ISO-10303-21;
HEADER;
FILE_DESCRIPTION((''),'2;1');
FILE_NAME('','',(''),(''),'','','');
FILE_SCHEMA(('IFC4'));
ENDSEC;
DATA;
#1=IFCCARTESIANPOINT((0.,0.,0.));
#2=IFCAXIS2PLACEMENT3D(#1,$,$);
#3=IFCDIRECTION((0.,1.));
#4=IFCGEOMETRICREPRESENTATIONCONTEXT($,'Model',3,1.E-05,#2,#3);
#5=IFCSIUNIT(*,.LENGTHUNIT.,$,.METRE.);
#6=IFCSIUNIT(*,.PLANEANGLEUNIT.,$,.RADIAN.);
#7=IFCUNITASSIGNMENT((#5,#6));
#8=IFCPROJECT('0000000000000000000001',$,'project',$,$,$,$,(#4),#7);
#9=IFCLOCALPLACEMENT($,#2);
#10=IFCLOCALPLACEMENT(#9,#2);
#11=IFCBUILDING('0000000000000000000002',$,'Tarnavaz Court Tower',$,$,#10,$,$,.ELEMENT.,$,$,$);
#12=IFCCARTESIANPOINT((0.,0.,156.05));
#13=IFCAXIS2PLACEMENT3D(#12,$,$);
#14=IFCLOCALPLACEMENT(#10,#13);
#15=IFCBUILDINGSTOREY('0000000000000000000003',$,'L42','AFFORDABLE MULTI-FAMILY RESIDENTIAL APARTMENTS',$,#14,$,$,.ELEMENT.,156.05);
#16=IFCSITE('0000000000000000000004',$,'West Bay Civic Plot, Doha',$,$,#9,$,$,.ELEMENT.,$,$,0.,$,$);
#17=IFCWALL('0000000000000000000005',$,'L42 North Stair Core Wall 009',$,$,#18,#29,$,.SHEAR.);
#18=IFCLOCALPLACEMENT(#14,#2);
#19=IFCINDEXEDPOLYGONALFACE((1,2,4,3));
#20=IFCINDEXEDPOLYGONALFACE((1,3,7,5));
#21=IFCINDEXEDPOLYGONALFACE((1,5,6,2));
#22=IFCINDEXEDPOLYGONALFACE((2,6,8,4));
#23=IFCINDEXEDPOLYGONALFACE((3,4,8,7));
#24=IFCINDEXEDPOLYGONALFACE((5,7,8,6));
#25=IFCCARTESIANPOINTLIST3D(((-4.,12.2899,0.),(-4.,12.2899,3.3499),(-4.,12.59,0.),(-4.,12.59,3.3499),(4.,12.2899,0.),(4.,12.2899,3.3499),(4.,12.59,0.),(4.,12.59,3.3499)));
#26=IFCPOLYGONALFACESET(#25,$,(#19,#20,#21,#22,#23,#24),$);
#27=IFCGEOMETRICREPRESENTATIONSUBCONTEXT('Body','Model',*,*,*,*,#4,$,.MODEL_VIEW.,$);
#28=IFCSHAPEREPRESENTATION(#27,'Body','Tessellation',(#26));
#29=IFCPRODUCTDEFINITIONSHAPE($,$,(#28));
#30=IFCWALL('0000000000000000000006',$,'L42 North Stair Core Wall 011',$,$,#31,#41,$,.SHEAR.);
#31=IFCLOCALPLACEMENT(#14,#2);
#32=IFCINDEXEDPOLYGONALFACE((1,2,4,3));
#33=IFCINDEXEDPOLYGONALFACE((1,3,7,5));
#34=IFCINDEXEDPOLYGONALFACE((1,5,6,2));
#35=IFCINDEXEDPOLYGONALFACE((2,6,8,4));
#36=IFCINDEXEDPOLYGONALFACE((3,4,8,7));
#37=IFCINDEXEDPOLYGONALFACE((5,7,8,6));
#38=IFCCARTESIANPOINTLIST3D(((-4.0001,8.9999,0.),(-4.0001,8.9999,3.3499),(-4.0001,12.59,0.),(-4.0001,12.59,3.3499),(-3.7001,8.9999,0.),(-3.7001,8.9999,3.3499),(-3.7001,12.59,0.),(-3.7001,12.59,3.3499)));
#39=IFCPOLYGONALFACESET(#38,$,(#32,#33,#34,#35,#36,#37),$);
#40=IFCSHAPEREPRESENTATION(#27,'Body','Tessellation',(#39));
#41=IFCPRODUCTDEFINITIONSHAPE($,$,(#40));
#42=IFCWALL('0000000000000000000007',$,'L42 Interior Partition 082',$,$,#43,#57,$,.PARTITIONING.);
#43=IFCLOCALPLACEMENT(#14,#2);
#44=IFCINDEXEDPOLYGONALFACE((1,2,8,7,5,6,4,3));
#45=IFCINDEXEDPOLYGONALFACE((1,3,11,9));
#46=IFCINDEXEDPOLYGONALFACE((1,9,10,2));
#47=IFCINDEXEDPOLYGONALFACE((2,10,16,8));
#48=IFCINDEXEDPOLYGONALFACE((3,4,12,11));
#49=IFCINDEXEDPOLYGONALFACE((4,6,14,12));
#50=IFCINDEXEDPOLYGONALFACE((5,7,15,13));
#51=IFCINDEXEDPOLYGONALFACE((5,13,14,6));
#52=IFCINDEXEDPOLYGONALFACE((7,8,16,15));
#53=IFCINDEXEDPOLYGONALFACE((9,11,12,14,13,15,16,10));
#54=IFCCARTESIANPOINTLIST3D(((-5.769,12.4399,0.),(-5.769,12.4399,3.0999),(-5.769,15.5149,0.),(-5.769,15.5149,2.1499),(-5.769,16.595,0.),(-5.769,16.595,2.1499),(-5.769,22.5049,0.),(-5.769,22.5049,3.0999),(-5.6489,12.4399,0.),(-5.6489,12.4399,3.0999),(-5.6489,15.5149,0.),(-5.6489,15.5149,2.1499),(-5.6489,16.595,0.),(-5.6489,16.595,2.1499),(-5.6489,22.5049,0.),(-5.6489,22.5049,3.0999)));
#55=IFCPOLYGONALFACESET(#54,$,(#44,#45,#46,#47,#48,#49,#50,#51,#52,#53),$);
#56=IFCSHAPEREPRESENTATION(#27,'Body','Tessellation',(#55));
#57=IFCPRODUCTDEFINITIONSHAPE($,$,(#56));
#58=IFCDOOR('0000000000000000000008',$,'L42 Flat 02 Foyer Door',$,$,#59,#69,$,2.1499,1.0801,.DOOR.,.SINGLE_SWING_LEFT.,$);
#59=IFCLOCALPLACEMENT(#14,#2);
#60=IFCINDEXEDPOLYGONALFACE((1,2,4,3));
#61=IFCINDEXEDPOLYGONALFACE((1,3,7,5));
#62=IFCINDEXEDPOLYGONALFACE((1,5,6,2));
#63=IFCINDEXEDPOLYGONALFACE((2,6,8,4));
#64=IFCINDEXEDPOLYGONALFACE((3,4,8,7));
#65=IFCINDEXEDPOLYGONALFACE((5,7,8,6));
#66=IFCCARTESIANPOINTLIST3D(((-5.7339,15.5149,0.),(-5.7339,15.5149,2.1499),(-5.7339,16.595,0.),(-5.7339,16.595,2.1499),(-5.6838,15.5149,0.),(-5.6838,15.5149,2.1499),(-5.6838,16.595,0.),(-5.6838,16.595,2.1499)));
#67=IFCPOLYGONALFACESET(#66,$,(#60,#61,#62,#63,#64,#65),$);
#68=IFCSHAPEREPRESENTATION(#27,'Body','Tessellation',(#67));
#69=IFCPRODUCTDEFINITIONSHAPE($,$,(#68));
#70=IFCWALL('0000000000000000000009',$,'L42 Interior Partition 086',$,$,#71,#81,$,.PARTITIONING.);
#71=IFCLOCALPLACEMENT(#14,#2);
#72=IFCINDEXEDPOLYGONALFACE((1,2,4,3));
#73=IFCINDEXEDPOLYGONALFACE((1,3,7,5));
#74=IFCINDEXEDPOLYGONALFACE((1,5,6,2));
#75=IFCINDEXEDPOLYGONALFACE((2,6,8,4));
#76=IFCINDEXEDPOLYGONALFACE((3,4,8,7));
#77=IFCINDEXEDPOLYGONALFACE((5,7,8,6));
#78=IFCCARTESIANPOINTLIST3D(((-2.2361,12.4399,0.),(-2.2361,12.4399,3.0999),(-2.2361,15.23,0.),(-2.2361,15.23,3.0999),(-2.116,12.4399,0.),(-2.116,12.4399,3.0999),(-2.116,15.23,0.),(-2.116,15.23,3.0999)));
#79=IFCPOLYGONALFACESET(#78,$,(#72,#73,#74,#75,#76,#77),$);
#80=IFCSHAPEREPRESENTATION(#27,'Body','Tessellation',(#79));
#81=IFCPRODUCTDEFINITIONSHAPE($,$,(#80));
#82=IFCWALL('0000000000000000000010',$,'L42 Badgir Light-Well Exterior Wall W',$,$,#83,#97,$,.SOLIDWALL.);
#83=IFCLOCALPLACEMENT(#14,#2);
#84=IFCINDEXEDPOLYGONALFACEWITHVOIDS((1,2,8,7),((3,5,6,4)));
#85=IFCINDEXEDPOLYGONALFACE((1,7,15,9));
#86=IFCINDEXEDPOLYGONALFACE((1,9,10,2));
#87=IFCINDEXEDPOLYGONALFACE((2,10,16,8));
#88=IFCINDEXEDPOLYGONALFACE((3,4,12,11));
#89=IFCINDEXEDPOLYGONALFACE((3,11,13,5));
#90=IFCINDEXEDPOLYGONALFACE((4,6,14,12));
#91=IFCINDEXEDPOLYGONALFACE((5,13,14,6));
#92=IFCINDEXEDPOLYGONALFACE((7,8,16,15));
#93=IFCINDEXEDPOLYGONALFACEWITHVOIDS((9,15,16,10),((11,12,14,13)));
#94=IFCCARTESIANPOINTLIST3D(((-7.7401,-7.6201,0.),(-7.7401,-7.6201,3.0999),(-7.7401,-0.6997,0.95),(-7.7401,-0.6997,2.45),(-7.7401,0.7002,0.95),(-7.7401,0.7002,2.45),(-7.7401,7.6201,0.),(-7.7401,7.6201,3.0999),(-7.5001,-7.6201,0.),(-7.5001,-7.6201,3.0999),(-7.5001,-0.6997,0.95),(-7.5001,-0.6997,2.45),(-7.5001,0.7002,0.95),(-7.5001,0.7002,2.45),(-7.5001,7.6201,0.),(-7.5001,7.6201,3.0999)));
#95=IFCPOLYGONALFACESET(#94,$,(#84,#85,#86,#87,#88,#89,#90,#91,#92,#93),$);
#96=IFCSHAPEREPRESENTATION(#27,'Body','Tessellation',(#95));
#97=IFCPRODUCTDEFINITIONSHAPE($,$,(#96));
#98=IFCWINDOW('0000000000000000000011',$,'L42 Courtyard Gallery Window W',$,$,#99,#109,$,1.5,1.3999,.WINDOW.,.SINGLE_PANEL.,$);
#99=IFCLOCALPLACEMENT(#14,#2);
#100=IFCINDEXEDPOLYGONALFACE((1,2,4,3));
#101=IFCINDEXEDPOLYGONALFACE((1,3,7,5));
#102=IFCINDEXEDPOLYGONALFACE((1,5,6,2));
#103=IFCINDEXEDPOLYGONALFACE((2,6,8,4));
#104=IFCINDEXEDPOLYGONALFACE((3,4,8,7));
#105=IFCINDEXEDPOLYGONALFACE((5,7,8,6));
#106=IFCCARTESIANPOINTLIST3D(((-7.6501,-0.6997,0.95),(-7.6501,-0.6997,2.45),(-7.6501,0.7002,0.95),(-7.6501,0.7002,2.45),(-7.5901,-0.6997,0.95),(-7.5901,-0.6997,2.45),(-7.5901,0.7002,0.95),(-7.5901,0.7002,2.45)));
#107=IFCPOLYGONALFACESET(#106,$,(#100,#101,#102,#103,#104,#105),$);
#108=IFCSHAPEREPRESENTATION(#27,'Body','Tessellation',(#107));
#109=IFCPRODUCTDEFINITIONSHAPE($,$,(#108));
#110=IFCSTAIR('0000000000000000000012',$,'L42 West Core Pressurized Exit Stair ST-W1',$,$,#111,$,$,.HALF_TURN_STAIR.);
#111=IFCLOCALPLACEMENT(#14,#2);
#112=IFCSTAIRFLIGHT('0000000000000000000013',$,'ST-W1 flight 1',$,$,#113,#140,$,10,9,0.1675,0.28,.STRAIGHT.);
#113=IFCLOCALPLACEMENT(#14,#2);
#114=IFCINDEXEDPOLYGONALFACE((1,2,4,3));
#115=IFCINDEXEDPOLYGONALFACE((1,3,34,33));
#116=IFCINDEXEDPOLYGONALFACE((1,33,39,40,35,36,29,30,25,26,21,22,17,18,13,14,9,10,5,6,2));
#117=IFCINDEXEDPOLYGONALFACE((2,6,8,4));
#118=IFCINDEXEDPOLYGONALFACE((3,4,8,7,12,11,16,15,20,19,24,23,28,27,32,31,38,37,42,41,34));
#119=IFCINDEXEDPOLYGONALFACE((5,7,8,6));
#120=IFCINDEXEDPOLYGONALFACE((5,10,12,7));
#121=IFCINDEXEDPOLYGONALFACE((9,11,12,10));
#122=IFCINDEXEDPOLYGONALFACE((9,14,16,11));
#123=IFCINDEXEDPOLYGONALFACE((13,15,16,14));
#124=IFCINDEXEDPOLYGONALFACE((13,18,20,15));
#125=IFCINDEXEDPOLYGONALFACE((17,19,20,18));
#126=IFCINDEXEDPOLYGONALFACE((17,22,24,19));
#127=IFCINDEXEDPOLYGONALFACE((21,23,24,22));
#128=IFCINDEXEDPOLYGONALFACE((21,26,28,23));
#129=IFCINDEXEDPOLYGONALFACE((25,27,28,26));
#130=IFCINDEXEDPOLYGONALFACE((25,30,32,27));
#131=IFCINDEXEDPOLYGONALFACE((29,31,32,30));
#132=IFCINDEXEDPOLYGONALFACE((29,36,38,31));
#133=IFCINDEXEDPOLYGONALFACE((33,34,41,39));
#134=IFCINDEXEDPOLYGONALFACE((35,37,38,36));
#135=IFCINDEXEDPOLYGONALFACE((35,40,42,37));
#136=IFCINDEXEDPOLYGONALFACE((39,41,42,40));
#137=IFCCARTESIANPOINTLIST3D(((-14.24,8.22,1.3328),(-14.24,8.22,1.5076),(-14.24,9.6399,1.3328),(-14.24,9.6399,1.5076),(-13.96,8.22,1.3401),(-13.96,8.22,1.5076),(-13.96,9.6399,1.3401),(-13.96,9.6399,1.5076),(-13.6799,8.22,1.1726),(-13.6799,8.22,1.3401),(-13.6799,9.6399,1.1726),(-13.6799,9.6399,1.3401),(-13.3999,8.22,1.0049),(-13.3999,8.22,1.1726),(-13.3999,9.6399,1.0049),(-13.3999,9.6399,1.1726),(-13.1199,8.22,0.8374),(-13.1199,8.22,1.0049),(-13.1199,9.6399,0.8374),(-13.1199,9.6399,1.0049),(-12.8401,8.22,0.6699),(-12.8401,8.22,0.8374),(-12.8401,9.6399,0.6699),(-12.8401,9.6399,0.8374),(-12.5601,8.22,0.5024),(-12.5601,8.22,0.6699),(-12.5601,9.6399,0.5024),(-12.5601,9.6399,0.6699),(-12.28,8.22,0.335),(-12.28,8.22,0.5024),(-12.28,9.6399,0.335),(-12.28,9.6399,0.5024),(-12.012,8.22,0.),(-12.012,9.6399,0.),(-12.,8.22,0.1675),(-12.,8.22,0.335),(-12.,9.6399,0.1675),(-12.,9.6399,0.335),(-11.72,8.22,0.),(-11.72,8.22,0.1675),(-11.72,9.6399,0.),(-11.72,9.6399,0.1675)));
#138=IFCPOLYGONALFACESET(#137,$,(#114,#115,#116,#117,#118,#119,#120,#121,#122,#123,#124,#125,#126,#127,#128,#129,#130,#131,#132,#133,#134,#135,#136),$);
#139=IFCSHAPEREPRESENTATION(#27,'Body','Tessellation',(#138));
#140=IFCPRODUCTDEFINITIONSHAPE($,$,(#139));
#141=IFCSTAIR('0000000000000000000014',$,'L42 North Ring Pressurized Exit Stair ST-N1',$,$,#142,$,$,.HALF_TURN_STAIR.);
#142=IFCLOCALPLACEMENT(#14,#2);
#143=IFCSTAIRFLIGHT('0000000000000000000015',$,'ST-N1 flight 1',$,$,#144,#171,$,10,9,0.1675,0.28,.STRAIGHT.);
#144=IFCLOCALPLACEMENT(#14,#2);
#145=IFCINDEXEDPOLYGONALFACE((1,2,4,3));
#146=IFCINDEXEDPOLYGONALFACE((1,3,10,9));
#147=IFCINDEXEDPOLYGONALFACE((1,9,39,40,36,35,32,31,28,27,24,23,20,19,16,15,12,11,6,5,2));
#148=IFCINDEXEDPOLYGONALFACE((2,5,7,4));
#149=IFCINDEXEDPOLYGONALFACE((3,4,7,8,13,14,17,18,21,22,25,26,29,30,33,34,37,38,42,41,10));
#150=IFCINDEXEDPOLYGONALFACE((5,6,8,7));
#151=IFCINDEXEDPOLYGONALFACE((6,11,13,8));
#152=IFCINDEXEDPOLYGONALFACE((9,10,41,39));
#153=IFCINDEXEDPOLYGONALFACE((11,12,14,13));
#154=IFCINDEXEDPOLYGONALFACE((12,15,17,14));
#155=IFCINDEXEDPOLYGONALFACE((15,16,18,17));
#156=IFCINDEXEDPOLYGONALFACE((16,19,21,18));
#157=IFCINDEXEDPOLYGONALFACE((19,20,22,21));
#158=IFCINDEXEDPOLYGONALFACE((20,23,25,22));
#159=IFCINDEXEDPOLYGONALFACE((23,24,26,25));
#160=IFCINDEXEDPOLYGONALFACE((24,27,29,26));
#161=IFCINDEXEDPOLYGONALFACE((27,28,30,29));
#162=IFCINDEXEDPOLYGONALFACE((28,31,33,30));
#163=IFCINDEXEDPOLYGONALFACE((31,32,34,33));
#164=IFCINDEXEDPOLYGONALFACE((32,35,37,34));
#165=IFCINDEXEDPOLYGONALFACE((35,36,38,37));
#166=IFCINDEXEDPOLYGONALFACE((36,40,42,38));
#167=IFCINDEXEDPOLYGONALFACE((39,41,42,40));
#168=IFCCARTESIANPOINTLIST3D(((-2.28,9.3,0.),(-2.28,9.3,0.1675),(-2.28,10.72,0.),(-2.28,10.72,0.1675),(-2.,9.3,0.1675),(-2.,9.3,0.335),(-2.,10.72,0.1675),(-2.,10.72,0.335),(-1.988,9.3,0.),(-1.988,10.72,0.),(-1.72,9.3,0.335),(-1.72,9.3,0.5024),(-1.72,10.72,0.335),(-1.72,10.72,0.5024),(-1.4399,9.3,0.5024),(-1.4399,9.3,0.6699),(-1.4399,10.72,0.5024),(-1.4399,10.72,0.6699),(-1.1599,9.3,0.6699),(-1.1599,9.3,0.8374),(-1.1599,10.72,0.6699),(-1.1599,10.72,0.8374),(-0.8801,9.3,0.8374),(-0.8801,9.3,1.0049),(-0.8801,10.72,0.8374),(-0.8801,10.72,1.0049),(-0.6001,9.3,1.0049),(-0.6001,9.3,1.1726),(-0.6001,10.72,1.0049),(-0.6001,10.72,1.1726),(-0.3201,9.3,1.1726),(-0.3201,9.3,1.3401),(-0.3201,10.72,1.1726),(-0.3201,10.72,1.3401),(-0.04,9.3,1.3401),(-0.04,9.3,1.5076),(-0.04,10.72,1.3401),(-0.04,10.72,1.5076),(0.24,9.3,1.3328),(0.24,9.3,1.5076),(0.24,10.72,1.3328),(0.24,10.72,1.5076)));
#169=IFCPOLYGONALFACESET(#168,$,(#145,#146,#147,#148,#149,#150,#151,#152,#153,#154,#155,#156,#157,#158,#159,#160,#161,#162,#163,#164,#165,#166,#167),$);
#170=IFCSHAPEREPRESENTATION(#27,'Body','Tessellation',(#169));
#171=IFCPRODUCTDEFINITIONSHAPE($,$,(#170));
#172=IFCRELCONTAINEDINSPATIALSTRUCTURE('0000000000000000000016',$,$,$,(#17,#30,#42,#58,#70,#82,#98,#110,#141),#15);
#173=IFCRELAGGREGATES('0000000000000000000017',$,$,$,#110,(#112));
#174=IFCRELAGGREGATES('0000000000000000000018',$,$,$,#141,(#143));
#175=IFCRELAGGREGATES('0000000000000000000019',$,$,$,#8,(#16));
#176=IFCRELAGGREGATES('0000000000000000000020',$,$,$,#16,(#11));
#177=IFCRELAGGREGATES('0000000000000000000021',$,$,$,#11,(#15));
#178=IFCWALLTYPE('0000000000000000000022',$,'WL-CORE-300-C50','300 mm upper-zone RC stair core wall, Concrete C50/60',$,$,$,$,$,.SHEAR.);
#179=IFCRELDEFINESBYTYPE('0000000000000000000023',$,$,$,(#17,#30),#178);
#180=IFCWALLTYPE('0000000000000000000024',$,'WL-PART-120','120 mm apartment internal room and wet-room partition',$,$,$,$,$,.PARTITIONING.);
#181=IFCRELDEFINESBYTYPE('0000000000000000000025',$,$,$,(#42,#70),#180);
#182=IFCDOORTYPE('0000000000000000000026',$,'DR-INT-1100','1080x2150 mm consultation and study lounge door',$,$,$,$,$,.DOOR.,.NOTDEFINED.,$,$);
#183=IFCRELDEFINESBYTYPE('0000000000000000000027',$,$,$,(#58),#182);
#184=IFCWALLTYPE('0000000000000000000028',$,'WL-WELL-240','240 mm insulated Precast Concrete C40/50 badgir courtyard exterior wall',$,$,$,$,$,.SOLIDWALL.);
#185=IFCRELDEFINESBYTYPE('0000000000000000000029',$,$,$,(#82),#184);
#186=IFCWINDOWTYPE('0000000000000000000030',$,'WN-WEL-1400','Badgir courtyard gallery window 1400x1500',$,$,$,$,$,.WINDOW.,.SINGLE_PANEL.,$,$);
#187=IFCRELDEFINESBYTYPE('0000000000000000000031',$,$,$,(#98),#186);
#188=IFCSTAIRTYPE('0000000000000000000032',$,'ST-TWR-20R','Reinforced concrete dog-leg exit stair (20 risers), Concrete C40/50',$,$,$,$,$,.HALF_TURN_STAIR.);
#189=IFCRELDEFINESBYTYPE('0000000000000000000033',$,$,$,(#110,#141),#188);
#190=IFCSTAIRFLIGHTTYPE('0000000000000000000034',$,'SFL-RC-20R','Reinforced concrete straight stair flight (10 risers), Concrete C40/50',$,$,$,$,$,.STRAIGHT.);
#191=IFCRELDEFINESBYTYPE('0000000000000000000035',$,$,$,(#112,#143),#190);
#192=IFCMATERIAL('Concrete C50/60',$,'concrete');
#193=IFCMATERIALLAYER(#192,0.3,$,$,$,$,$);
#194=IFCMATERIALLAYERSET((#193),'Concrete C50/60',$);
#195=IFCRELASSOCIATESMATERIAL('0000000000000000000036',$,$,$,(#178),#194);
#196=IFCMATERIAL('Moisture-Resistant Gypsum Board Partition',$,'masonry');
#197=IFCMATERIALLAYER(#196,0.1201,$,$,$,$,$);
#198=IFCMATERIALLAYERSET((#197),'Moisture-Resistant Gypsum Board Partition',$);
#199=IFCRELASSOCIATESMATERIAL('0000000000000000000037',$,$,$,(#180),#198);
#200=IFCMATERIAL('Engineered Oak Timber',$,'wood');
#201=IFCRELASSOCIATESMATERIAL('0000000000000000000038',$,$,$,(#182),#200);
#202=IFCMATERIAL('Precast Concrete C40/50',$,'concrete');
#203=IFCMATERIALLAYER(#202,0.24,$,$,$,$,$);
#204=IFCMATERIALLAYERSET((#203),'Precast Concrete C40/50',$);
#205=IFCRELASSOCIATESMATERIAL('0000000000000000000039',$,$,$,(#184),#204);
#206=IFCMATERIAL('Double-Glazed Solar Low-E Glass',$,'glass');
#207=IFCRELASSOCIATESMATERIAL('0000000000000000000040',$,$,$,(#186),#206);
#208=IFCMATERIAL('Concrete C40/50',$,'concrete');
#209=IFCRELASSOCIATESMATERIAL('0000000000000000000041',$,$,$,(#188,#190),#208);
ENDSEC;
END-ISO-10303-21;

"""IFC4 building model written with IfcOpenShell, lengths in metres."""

from ifc_helpers import new_model, si_unit, direction, frame, frame_2d, origin, place, context, subcontext, project, spatial, polyline, rectangle, outline, extrude, material, layer, layer_set, type_object, element, fill, aggregate, save


model = new_model("IFC4")

# Units and contexts
model_context = context("Model", 3, precision=1e-05, world=origin(), true_north=direction((0.0, 1.0)))
body_context = subcontext(model_context, "Body", "Model", "MODEL_VIEW")
ifc_project = project(units=[si_unit("LENGTHUNIT", "METRE"), si_unit("PLANEANGLEUNIT", "RADIAN")], contexts=[model_context])

# Site, building, storey
site_placement = place(None, origin())
site = spatial("IfcSite", under=ifc_project, at=site_placement, Name="West Bay Civic Plot, Doha", CompositionType="ELEMENT", RefElevation=0.0)
building_placement = place(site_placement, origin())
building = spatial("IfcBuilding", under=site, at=building_placement, Name="Tarnavaz Court Tower", CompositionType="ELEMENT")
storey_placement = place(building_placement, frame((0.0, 0.0, 156.05)))
storey = spatial("IfcBuildingStorey", under=building, at=storey_placement, Name="L42", Description="AFFORDABLE MULTI-FAMILY RESIDENTIAL APARTMENTS", CompositionType="ELEMENT", Elevation=156.05)

# Wall
ifc_material_1 = material(Name="Concrete C50/60", Category="concrete")
ifc_layer_1 = layer(ifc_material_1, 0.3)
ifc_layer_set_1 = layer_set([ifc_layer_1], Name="Concrete C50/60")
wall_type_1 = type_object("IfcWallType", Name="WL-CORE-300-C50", Description="300 mm upper-zone RC stair core wall, Concrete C50/60", PredefinedType="SHEAR", material=ifc_layer_set_1)
wall_1_placement = place(storey_placement, frame((-4.0, 12.4399, 0.0), z_axis=(0.0, 0.0, 1.0), x_axis=(1.0, 0.0, 0.0)))
element("IfcWall", 1, at=wall_1_placement, inside=storey, type_object=wall_type_1, Name="L42 North Stair Core Wall 009", PredefinedType="SHEAR", context=body_context, shape_type="SweptSolid", body=[
    extrude(rectangle(XDim=8.0, YDim=0.3, at=frame_2d((4.0, 0.0))), origin(), (0.0, 0.0, 1.0), 3.3499),
])

# Wall
wall_2_placement = place(storey_placement, frame((-3.8501, 9.0, 0.0), z_axis=(0.0, 0.0, 1.0), x_axis=(0.0, 1.0, 0.0)))
element("IfcWall", 2, at=wall_2_placement, inside=storey, type_object=wall_type_1, Name="L42 North Stair Core Wall 011", PredefinedType="SHEAR", context=body_context, shape_type="SweptSolid", body=[
    extrude(rectangle(XDim=3.5901, YDim=0.3, at=frame_2d((1.7949, 0.0))), origin(), (0.0, 0.0, 1.0), 3.3499),
])

# Wall, opening, door
ifc_material_2 = material(Name="Moisture-Resistant Gypsum Board Partition", Category="masonry")
ifc_layer_2 = layer(ifc_material_2, 0.1201)
ifc_layer_set_2 = layer_set([ifc_layer_2], Name="Moisture-Resistant Gypsum Board Partition")
wall_type_2 = type_object("IfcWallType", Name="WL-PART-120", Description="120 mm apartment internal room and wet-room partition", PredefinedType="PARTITIONING", material=ifc_layer_set_2)
wall_3_placement = place(storey_placement, frame((-5.709, 12.4399, 0.0), z_axis=(0.0, 0.0, 1.0), x_axis=(0.0, 1.0, 0.0)))
wall_3 = element("IfcWall", 3, at=wall_3_placement, inside=storey, type_object=wall_type_2, Name="L42 Interior Partition 082", PredefinedType="PARTITIONING", context=body_context, shape_type="SweptSolid", body=[
    extrude(rectangle(XDim=10.0649, YDim=0.1201, at=frame_2d((5.0325, 0.0))), origin(), (0.0, 0.0, 1.0), 3.0999),
])
opening_1_placement = place(wall_3_placement, frame((3.075, 0.0, 0.0)))
opening_1 = element("IfcOpeningElement", 4, at=opening_1_placement, cuts=wall_3, PredefinedType="OPENING", context=body_context, shape_type="SweptSolid", body=[
    extrude(rectangle(XDim=1.0801, YDim=2.1499, at=frame_2d((0.54, 1.075))), frame((0.0, 0.0701, 0.0), z_axis=(0.0, -1.0, 0.0), x_axis=(1.0, 0.0, 0.0)), (0.0, 0.0, 1.0), 0.1401),
])
ifc_material_3 = material(Name="Engineered Oak Timber", Category="wood")
door_type_1 = type_object("IfcDoorType", Name="DR-INT-1100", Description="1080x2150 mm consultation and study lounge door", OperationType="NOTDEFINED", PredefinedType="DOOR", material=ifc_material_3)
door_1_placement = place(opening_1_placement, origin())
door_1 = element("IfcDoor", 5, at=door_1_placement, inside=storey, type_object=door_type_1, Name="L42 Flat 02 Foyer Door", OperationType="SINGLE_SWING_LEFT", OverallHeight=2.1499, OverallWidth=1.0801, PredefinedType="DOOR", context=body_context, shape_type="SweptSolid", body=[
    extrude(rectangle(XDim=1.0801, YDim=2.1499, at=frame_2d((0.54, 1.075))), frame((0.0, 0.0249, 0.0), z_axis=(0.0, -1.0, 0.0), x_axis=(1.0, 0.0, 0.0)), (0.0, 0.0, 1.0), 0.05),
])
fill(opening_1, door_1)

# Wall
wall_4_placement = place(storey_placement, frame((-2.176, 12.4399, 0.0), z_axis=(0.0, 0.0, 1.0), x_axis=(0.0, 1.0, 0.0)))
element("IfcWall", 6, at=wall_4_placement, inside=storey, type_object=wall_type_2, Name="L42 Interior Partition 086", PredefinedType="PARTITIONING", context=body_context, shape_type="SweptSolid", body=[
    extrude(rectangle(XDim=2.79, YDim=0.1201, at=frame_2d((1.395, 0.0))), origin(), (0.0, 0.0, 1.0), 3.0999),
])

# Wall, opening, window
ifc_material_4 = material(Name="Precast Concrete C40/50", Category="concrete")
ifc_layer_3 = layer(ifc_material_4, 0.24)
ifc_layer_set_3 = layer_set([ifc_layer_3], Name="Precast Concrete C40/50")
wall_type_3 = type_object("IfcWallType", Name="WL-WELL-240", Description="240 mm insulated Precast Concrete C40/50 badgir courtyard exterior wall", PredefinedType="SOLIDWALL", material=ifc_layer_set_3)
wall_5_placement = place(storey_placement, frame((-7.6201, 7.6201, 0.0), z_axis=(0.0, 0.0, 1.0), x_axis=(0.0, -1.0, 0.0)))
wall_5 = element("IfcWall", 7, at=wall_5_placement, inside=storey, type_object=wall_type_3, Name="L42 Badgir Light-Well Exterior Wall W", PredefinedType="SOLIDWALL", context=body_context, shape_type="SweptSolid", body=[
    extrude(rectangle(XDim=15.2402, YDim=0.24, at=frame_2d((7.6201, 0.0))), origin(), (0.0, 0.0, 1.0), 3.0999),
])
opening_2_placement = place(wall_5_placement, frame((6.9199, 0.0, 0.95)))
opening_2 = element("IfcOpeningElement", 8, at=opening_2_placement, cuts=wall_5, PredefinedType="OPENING", context=body_context, shape_type="SweptSolid", body=[
    extrude(rectangle(XDim=1.3999, YDim=1.5, at=frame_2d((0.7, 0.75))), frame((0.0, 0.1299, 0.0), z_axis=(0.0, -1.0, 0.0), x_axis=(1.0, 0.0, 0.0)), (0.0, 0.0, 1.0), 0.26),
])
ifc_material_5 = material(Name="Double-Glazed Solar Low-E Glass", Category="glass")
window_type = type_object("IfcWindowType", Name="WN-WEL-1400", Description="Badgir courtyard gallery window 1400x1500", PartitioningType="SINGLE_PANEL", PredefinedType="WINDOW", material=ifc_material_5)
window_placement = place(opening_2_placement, origin())
window = element("IfcWindow", 9, at=window_placement, inside=storey, type_object=window_type, Name="L42 Courtyard Gallery Window W", OverallHeight=1.5, OverallWidth=1.3999, PartitioningType="SINGLE_PANEL", PredefinedType="WINDOW", context=body_context, shape_type="SweptSolid", body=[
    extrude(rectangle(XDim=1.3999, YDim=1.5, at=frame_2d((0.7, 0.75))), frame((0.0, 0.03, 0.0), z_axis=(0.0, -1.0, 0.0), x_axis=(1.0, 0.0, 0.0)), (0.0, 0.0, 1.0), 0.0601),
])
fill(opening_2, window)

# Stairs, stair flights
ifc_material_6 = material(Name="Concrete C40/50", Category="concrete")
stair_type = type_object("IfcStairType", Name="ST-TWR-20R", Description="Reinforced concrete dog-leg exit stair (20 risers), Concrete C40/50", PredefinedType="HALF_TURN_STAIR", material=ifc_material_6)
stair_1_placement = place(storey_placement, origin())
stair_1 = element("IfcStair", 10, at=stair_1_placement, inside=storey, type_object=stair_type, Name="L42 West Core Pressurized Exit Stair ST-W1", PredefinedType="HALF_TURN_STAIR")
stair_flight_type = type_object("IfcStairFlightType", Name="SFL-RC-20R", Description="Reinforced concrete straight stair flight (10 risers), Concrete C40/50", PredefinedType="STRAIGHT", material=ifc_material_6)
stair_flight_1_placement = place(storey_placement, frame((-11.72, 8.9299, 0.0), z_axis=(0.0, 0.0, 1.0), x_axis=(-1.0, 0.0, 0.0)))
stair_flight_1 = element("IfcStairFlight", 11, at=stair_flight_1_placement, type_object=stair_flight_type, Name="ST-W1 flight 1", NumberOfRisers=10, NumberOfTreads=9, PredefinedType="STRAIGHT", RiserHeight=0.1675, TreadLength=0.28, context=body_context, shape_type="SweptSolid", body=[
    extrude(outline(polyline([(0.0, 0.0), (0.0, 0.1675), (0.28, 0.1675), (0.28, 0.335), (0.5601, 0.335), (0.5601, 0.5024), (0.8401, 0.5024), (0.8401, 0.6699), (1.1201, 0.6699), (1.1201, 0.8374), (1.3999, 0.8374), (1.3999, 1.0049), (1.6799, 1.0049), (1.6799, 1.1726), (1.96, 1.1726), (1.96, 1.3401), (2.24, 1.3401), (2.24, 1.5076), (2.52, 1.5076), (2.52, 1.675), (2.52, 1.3328), (0.292, 0.0), (0.0, 0.0)])), frame((0.0, 0.71, 0.0), z_axis=(0.0, -1.0, 0.0), x_axis=(1.0, 0.0, 0.0)), (0.0, 0.0, 1.0), 1.4199),
])
aggregate(stair_1, [stair_flight_1])
stair_2_placement = place(storey_placement, origin())
stair_2 = element("IfcStair", 12, at=stair_2_placement, inside=storey, type_object=stair_type, Name="L42 North Ring Pressurized Exit Stair ST-N1", PredefinedType="HALF_TURN_STAIR")
stair_flight_2_placement = place(storey_placement, frame((-2.28, 10.01, 0.0), z_axis=(0.0, 0.0, 1.0), x_axis=(1.0, 0.0, 0.0)))
stair_flight_2 = element("IfcStairFlight", 13, at=stair_flight_2_placement, type_object=stair_flight_type, Name="ST-N1 flight 1", NumberOfRisers=10, NumberOfTreads=9, PredefinedType="STRAIGHT", RiserHeight=0.1675, TreadLength=0.28, context=body_context, shape_type="SweptSolid", body=[
    extrude(outline(polyline([(0.0, 0.0), (0.0, 0.1675), (0.28, 0.1675), (0.28, 0.335), (0.5601, 0.335), (0.5601, 0.5024), (0.8401, 0.5024), (0.8401, 0.6699), (1.1201, 0.6699), (1.1201, 0.8374), (1.3999, 0.8374), (1.3999, 1.0049), (1.6799, 1.0049), (1.6799, 1.1726), (1.96, 1.1726), (1.96, 1.3401), (2.24, 1.3401), (2.24, 1.5076), (2.52, 1.5076), (2.52, 1.675), (2.52, 1.3328), (0.292, 0.0), (0.0, 0.0)])), frame((0.0, 0.71, 0.0), z_axis=(0.0, -1.0, 0.0), x_axis=(1.0, 0.0, 0.0)), (0.0, 0.0, 1.0), 1.4199),
])
aggregate(stair_2, [stair_flight_2])

save(model, "model.ifc")
